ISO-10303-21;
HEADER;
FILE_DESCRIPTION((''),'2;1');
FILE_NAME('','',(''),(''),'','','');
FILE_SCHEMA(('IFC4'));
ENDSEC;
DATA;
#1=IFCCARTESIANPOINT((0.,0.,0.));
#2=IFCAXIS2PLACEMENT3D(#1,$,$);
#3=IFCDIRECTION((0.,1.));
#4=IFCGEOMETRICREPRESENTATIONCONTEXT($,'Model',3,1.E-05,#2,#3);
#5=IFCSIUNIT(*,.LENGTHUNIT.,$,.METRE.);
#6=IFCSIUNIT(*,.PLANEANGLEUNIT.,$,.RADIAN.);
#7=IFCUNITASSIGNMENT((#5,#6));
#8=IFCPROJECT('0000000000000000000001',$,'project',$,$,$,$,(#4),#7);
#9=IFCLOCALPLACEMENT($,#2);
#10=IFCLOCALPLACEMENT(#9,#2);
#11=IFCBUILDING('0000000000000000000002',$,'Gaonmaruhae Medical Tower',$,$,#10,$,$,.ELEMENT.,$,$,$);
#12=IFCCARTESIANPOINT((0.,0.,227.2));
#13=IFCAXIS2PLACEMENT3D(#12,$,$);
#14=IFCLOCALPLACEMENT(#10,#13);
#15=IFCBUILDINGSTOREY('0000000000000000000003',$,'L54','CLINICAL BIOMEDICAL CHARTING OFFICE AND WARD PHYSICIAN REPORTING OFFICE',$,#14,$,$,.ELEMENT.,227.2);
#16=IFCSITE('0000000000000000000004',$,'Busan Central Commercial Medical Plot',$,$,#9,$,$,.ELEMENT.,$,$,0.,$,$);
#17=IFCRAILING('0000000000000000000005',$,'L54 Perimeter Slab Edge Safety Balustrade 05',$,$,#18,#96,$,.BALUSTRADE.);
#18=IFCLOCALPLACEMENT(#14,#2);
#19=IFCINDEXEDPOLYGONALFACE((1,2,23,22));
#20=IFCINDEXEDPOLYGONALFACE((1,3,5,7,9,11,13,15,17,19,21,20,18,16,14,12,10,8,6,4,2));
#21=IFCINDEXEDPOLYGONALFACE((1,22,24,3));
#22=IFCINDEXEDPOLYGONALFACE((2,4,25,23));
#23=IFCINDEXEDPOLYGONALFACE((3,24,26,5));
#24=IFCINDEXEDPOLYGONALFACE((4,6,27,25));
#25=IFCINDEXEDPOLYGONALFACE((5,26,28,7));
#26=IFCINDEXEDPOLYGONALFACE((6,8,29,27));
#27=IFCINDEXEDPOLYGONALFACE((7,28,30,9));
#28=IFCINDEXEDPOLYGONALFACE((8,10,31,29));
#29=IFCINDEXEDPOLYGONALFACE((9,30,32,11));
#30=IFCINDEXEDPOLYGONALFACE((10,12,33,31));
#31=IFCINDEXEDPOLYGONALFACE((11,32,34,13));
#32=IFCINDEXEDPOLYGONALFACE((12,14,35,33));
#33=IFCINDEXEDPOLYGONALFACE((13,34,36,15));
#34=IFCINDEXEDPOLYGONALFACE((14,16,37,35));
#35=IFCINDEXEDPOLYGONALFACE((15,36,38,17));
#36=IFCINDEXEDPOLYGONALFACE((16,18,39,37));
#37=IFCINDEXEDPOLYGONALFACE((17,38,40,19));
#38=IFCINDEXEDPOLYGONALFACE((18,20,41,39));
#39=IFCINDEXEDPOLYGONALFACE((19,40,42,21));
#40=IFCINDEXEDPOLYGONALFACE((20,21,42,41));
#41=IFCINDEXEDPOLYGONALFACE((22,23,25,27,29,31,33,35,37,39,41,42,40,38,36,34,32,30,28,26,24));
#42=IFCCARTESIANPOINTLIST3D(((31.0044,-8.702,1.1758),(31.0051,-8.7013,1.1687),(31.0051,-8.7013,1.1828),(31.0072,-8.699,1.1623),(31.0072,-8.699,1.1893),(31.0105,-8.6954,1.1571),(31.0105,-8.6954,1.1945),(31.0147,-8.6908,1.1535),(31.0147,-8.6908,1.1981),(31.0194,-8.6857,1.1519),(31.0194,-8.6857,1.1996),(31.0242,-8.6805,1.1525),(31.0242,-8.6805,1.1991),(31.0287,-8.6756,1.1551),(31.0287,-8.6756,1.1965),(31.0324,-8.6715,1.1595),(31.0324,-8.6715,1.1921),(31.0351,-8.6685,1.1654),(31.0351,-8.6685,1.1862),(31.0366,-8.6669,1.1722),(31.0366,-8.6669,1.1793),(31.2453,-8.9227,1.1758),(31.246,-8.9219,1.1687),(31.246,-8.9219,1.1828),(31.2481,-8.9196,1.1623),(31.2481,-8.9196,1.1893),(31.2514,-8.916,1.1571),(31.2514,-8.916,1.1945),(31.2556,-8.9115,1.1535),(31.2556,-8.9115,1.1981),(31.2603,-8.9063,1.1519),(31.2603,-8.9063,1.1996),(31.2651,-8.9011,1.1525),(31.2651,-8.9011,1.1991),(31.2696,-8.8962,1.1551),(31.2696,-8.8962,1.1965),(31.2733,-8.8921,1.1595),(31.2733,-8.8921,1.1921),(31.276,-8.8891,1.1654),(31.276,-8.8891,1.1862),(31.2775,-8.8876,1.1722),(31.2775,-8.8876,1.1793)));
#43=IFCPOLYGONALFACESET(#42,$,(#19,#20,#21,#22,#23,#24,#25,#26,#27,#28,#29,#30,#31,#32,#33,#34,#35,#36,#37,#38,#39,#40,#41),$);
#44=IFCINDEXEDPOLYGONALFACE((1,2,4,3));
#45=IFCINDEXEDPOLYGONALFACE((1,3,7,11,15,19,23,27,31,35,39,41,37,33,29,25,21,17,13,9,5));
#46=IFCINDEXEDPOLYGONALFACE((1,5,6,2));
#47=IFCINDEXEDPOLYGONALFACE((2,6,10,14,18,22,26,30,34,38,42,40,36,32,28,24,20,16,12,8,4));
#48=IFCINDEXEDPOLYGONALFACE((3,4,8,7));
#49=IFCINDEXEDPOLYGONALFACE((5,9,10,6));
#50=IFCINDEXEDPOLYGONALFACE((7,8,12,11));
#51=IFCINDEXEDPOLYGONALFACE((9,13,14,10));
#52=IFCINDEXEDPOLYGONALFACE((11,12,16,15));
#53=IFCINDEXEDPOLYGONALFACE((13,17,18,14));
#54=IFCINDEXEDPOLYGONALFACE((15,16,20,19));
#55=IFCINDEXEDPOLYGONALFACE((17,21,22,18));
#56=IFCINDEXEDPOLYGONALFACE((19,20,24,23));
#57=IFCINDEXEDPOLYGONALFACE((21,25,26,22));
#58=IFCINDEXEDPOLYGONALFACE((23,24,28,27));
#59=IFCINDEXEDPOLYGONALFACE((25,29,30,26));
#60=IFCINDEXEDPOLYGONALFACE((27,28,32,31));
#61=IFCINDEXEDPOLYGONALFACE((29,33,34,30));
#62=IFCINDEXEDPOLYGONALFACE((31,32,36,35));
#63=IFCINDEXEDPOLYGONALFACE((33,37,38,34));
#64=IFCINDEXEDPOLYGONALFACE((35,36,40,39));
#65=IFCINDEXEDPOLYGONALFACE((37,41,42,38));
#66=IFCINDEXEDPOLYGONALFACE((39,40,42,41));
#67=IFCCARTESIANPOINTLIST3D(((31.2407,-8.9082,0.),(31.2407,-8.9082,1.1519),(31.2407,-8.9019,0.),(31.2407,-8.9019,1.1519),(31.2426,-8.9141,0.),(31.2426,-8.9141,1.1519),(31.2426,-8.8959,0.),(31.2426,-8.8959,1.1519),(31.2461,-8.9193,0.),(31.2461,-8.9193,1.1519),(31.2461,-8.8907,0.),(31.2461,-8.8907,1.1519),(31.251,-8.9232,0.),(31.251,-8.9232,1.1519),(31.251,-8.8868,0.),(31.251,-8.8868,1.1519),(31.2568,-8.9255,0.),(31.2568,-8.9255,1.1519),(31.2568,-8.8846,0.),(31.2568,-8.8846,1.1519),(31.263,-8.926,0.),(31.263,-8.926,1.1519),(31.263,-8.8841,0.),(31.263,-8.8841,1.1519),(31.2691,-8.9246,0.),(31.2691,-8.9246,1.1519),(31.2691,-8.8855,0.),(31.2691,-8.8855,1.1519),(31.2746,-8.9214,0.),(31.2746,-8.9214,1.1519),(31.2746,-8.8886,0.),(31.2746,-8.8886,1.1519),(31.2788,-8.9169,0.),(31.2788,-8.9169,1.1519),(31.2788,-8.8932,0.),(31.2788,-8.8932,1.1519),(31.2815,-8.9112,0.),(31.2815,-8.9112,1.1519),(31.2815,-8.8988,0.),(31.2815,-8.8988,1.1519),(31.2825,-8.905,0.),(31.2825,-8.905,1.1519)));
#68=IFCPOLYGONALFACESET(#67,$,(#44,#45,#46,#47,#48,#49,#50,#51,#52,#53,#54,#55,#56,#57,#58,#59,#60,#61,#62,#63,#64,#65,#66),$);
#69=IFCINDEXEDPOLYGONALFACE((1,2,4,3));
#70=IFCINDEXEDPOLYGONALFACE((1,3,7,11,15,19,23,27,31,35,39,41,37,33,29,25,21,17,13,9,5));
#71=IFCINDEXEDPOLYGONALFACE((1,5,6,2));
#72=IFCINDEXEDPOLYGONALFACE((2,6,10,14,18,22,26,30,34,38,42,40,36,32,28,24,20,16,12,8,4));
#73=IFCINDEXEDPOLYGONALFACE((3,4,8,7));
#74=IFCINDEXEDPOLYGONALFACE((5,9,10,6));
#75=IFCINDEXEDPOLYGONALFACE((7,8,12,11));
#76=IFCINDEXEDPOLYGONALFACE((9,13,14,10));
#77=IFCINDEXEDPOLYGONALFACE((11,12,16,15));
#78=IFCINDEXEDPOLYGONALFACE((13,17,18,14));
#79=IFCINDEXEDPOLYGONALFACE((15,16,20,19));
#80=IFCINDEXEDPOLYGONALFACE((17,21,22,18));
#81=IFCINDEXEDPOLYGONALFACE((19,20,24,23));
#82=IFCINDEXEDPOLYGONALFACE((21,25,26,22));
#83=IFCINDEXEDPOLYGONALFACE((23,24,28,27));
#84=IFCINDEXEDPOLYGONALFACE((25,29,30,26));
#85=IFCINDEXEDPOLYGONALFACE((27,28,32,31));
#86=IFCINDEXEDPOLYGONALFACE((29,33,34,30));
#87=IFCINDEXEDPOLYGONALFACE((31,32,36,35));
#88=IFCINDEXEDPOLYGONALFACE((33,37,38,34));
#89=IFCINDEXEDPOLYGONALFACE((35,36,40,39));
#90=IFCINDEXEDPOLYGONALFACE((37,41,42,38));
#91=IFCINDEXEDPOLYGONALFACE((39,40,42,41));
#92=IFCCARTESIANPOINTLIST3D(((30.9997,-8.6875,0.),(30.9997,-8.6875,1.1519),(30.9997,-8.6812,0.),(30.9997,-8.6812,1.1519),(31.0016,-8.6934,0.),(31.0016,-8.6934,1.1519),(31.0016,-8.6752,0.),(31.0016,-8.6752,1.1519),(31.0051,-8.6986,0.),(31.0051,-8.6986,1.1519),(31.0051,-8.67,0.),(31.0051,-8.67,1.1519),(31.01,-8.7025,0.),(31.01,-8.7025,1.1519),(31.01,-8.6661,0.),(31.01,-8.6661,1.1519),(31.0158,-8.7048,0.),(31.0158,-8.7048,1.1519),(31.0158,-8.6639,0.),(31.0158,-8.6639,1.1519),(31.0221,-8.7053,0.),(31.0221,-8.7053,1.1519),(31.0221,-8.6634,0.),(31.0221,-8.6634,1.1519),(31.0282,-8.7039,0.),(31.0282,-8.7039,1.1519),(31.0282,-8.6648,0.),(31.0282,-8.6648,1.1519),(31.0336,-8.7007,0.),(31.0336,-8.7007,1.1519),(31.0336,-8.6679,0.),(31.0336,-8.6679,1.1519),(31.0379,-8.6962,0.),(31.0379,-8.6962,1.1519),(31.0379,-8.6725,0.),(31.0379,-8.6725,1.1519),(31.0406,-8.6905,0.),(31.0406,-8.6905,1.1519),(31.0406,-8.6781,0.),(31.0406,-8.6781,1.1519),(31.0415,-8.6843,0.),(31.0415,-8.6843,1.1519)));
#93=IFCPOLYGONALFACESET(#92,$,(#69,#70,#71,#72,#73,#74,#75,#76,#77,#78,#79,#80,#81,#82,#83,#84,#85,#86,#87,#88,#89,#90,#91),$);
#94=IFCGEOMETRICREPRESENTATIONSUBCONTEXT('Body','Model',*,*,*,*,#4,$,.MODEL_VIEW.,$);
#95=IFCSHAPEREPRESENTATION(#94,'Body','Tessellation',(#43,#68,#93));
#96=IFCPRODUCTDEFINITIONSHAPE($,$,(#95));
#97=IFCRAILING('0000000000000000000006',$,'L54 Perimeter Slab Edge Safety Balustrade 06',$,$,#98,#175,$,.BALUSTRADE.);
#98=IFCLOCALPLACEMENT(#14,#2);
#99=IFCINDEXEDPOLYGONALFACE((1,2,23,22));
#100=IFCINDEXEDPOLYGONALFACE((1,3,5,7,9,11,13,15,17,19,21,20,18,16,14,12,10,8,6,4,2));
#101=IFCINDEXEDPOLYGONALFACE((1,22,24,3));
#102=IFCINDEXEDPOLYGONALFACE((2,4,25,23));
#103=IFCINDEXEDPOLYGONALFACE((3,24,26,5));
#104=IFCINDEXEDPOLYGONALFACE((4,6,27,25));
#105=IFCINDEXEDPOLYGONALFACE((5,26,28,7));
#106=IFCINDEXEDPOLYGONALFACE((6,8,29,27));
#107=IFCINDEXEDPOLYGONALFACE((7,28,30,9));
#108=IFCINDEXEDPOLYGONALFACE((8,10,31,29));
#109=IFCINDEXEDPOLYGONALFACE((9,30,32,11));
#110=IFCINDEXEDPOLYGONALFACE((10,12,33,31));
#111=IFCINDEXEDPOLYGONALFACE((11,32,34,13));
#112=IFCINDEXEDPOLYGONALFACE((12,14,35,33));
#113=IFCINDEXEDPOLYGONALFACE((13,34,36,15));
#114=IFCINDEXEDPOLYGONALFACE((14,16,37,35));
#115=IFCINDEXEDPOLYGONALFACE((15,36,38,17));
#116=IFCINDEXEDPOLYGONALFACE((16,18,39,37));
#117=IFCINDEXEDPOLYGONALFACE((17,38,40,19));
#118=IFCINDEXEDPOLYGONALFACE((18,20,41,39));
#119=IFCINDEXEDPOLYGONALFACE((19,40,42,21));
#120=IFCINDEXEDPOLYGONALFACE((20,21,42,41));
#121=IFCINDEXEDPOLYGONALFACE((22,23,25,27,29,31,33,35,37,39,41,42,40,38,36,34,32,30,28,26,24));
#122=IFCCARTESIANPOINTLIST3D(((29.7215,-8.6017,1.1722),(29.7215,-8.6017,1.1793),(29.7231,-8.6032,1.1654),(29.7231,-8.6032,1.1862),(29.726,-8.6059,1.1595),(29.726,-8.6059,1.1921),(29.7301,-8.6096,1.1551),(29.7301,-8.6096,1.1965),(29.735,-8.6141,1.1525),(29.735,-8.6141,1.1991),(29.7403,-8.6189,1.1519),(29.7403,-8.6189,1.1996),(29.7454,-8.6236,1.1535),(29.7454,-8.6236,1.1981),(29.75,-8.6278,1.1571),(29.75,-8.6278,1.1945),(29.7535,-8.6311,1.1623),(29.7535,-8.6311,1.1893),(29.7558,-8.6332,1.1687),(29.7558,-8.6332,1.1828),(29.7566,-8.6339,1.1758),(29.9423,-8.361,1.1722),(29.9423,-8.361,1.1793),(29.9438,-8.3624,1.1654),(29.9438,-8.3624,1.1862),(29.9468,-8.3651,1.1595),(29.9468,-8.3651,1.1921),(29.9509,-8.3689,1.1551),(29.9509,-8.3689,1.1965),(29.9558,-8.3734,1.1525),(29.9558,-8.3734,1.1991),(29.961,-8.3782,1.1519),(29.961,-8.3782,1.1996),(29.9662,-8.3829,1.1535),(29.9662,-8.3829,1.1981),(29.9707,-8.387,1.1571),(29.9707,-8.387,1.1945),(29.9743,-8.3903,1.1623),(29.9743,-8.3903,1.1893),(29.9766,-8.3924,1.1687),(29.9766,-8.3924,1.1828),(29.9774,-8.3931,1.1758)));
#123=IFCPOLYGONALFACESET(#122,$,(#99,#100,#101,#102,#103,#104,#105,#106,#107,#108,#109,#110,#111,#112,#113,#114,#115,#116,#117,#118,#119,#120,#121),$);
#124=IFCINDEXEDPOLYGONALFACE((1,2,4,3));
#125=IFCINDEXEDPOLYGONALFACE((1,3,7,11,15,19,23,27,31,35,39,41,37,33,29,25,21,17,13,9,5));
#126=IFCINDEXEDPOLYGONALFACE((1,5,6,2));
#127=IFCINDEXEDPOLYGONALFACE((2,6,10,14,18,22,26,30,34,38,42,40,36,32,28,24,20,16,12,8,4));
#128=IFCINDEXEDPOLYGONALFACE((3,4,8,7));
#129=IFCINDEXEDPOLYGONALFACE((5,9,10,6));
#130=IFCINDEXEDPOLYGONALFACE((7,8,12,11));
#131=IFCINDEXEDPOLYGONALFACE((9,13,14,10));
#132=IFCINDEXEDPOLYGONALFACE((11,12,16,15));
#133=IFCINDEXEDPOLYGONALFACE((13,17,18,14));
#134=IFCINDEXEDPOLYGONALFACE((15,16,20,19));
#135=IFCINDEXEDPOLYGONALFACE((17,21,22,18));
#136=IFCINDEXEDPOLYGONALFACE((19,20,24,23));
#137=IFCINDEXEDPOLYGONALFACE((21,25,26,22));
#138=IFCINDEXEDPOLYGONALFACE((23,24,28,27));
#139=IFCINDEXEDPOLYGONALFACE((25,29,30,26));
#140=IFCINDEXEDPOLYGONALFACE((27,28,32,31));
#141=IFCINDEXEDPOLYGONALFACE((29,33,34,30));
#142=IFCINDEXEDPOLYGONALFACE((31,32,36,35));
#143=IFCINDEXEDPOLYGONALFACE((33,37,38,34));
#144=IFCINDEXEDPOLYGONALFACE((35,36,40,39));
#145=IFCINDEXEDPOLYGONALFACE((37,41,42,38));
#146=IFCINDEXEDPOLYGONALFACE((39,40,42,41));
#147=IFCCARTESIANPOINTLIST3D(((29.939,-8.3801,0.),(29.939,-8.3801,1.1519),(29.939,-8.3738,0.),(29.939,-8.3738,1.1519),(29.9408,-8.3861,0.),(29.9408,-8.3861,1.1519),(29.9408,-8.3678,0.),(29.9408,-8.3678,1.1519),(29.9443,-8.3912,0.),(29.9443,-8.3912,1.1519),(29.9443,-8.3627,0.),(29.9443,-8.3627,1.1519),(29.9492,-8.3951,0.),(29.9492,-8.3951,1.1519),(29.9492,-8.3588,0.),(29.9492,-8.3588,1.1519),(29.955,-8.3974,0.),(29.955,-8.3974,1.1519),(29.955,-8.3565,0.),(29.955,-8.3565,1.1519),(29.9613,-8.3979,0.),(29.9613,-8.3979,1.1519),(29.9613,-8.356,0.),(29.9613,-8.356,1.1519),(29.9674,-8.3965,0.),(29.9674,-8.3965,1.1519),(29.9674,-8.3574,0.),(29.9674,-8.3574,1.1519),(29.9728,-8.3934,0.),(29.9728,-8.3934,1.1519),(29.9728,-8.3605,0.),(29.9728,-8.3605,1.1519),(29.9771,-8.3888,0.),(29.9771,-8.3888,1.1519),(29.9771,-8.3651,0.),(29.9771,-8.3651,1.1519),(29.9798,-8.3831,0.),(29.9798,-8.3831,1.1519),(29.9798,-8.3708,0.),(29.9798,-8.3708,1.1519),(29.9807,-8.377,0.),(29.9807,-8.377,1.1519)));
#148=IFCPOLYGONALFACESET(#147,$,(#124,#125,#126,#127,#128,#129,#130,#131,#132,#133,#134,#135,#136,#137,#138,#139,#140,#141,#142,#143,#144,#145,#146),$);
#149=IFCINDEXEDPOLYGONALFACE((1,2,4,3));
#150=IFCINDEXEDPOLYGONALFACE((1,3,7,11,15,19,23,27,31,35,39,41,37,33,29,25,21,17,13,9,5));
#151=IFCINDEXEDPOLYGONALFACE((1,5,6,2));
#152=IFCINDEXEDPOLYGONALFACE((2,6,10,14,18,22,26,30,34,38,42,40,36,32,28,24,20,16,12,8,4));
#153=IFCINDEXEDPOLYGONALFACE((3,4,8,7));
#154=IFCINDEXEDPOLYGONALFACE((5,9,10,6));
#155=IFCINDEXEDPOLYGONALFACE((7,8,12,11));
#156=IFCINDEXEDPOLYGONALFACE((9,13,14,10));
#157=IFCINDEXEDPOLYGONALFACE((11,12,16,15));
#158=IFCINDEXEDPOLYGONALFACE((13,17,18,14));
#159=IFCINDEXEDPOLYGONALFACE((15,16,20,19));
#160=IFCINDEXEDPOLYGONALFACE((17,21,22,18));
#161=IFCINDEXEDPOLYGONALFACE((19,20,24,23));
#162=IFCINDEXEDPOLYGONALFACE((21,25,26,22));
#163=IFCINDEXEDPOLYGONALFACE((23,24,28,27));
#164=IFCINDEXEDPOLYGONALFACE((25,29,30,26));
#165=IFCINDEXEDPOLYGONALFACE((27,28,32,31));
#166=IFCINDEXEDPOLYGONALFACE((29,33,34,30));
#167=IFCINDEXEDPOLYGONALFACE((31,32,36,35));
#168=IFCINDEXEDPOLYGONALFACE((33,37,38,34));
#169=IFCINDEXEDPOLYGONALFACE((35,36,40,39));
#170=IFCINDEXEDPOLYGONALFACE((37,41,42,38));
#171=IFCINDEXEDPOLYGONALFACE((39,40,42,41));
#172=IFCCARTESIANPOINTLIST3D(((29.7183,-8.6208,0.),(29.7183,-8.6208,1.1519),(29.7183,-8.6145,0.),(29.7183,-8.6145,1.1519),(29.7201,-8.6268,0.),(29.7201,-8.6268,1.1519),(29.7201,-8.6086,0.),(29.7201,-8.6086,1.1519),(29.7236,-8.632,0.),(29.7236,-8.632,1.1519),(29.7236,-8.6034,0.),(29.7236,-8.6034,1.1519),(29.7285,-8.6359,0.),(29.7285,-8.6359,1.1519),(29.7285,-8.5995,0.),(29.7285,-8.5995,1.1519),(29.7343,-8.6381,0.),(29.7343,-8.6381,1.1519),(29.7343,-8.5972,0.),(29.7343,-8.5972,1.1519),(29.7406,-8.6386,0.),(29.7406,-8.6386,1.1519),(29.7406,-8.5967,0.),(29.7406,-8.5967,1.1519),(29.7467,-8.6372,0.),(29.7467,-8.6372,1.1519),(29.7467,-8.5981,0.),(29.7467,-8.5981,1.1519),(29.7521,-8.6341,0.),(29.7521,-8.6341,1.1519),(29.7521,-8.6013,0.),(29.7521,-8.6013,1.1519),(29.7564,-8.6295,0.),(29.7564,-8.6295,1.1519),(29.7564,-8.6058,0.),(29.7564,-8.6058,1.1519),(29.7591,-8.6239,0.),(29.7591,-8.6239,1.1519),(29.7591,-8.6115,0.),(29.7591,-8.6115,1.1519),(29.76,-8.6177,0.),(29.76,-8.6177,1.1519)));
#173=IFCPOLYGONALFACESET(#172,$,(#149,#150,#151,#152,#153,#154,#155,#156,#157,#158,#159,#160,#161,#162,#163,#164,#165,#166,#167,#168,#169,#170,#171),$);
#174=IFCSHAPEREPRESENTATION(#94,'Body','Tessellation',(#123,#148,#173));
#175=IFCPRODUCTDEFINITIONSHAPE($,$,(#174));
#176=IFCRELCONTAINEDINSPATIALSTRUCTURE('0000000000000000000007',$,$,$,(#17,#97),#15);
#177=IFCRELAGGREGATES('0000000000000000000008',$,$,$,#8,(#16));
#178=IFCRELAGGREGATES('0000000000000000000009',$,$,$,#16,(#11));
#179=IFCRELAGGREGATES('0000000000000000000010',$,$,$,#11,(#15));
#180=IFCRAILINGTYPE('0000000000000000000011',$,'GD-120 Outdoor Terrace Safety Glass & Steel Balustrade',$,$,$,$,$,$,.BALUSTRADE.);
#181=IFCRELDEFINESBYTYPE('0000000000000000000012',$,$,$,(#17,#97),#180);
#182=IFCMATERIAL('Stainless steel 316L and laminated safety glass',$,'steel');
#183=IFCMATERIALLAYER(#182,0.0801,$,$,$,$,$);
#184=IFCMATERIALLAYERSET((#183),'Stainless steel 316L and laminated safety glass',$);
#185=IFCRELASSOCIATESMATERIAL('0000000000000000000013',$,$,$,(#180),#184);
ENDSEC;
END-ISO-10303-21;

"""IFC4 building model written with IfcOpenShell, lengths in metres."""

from ifc_helpers import new_model, si_unit, direction, frame, origin, origin_2d, place, context, subcontext, project, spatial, circle, extrude, material, layer, layer_set, type_object, element, save


model = new_model("IFC4")

# Units and contexts
model_context = context("Model", 3, precision=1e-05, world=origin(), true_north=direction((0.0, 1.0)))
body_context = subcontext(model_context, "Body", "Model", "MODEL_VIEW")
ifc_project = project(units=[si_unit("LENGTHUNIT", "METRE"), si_unit("PLANEANGLEUNIT", "RADIAN")], contexts=[model_context])

# Site, building, storey
site_placement = place(None, origin())
site = spatial("IfcSite", under=ifc_project, at=site_placement, Name="Busan Central Commercial Medical Plot", CompositionType="ELEMENT", RefElevation=0.0)
building_placement = place(site_placement, origin())
building = spatial("IfcBuilding", under=site, at=building_placement, Name="Gaonmaruhae Medical Tower", CompositionType="ELEMENT")
storey_placement = place(building_placement, frame((0.0, 0.0, 227.2)))
storey = spatial("IfcBuildingStorey", under=building, at=storey_placement, Name="L54", Description="CLINICAL BIOMEDICAL CHARTING OFFICE AND WARD PHYSICIAN REPORTING OFFICE", CompositionType="ELEMENT", Elevation=227.2)

# Railings
ifc_material_1 = material(Name="Stainless steel 316L and laminated safety glass", Category="steel")
ifc_layer_1 = layer(ifc_material_1, 0.0801)
ifc_layer_set_1 = layer_set([ifc_layer_1], Name="Stainless steel 316L and laminated safety glass")
railing_type = type_object("IfcRailingType", Name="GD-120 Outdoor Terrace Safety Glass & Steel Balustrade", PredefinedType="BALUSTRADE", material=ifc_layer_set_1)
railing_1_placement = place(storey_placement, frame((31.2615, -8.905, 0.0)))
element("IfcRailing", 1, at=railing_1_placement, inside=storey, type_object=railing_type, Name="L54 Perimeter Slab Edge Safety Balustrade 05", PredefinedType="BALUSTRADE", context=body_context, shape_type="SweptSolid", body=[
    extrude(circle(Radius=0.0239, at=origin_2d()), frame((0.0, 0.0, 1.1758), z_axis=(-0.737433, 0.67542, 0.0), x_axis=(-0.67542, -0.737433, 0.0)), (0.0, 0.0, 1.0), 0.3267),
    extrude(circle(Radius=0.021, at=origin_2d()), origin(), (0.0, 0.0, 1.0), 1.1519),
    extrude(circle(Radius=0.021, at=origin_2d()), frame((-0.241, 0.2207, 0.0)), (0.0, 0.0, 1.0), 1.1519),
])
railing_2_placement = place(storey_placement, frame((29.9597, -8.377, 0.0)))
element("IfcRailing", 2, at=railing_2_placement, inside=storey, type_object=railing_type, Name="L54 Perimeter Slab Edge Safety Balustrade 06", PredefinedType="BALUSTRADE", context=body_context, shape_type="SweptSolid", body=[
    extrude(circle(Radius=0.0239, at=origin_2d()), frame((0.0, 0.0, 1.1758), z_axis=(-0.675792, -0.737092, 0.0), x_axis=(0.737092, -0.675792, 0.0)), (0.0, 0.0, 1.0), 0.3267),
    extrude(circle(Radius=0.021, at=origin_2d()), origin(), (0.0, 0.0, 1.0), 1.1519),
    extrude(circle(Radius=0.021, at=origin_2d()), frame((-0.2207, -0.2407, 0.0)), (0.0, 0.0, 1.0), 1.1519),
])

save(model, "model.ifc")
